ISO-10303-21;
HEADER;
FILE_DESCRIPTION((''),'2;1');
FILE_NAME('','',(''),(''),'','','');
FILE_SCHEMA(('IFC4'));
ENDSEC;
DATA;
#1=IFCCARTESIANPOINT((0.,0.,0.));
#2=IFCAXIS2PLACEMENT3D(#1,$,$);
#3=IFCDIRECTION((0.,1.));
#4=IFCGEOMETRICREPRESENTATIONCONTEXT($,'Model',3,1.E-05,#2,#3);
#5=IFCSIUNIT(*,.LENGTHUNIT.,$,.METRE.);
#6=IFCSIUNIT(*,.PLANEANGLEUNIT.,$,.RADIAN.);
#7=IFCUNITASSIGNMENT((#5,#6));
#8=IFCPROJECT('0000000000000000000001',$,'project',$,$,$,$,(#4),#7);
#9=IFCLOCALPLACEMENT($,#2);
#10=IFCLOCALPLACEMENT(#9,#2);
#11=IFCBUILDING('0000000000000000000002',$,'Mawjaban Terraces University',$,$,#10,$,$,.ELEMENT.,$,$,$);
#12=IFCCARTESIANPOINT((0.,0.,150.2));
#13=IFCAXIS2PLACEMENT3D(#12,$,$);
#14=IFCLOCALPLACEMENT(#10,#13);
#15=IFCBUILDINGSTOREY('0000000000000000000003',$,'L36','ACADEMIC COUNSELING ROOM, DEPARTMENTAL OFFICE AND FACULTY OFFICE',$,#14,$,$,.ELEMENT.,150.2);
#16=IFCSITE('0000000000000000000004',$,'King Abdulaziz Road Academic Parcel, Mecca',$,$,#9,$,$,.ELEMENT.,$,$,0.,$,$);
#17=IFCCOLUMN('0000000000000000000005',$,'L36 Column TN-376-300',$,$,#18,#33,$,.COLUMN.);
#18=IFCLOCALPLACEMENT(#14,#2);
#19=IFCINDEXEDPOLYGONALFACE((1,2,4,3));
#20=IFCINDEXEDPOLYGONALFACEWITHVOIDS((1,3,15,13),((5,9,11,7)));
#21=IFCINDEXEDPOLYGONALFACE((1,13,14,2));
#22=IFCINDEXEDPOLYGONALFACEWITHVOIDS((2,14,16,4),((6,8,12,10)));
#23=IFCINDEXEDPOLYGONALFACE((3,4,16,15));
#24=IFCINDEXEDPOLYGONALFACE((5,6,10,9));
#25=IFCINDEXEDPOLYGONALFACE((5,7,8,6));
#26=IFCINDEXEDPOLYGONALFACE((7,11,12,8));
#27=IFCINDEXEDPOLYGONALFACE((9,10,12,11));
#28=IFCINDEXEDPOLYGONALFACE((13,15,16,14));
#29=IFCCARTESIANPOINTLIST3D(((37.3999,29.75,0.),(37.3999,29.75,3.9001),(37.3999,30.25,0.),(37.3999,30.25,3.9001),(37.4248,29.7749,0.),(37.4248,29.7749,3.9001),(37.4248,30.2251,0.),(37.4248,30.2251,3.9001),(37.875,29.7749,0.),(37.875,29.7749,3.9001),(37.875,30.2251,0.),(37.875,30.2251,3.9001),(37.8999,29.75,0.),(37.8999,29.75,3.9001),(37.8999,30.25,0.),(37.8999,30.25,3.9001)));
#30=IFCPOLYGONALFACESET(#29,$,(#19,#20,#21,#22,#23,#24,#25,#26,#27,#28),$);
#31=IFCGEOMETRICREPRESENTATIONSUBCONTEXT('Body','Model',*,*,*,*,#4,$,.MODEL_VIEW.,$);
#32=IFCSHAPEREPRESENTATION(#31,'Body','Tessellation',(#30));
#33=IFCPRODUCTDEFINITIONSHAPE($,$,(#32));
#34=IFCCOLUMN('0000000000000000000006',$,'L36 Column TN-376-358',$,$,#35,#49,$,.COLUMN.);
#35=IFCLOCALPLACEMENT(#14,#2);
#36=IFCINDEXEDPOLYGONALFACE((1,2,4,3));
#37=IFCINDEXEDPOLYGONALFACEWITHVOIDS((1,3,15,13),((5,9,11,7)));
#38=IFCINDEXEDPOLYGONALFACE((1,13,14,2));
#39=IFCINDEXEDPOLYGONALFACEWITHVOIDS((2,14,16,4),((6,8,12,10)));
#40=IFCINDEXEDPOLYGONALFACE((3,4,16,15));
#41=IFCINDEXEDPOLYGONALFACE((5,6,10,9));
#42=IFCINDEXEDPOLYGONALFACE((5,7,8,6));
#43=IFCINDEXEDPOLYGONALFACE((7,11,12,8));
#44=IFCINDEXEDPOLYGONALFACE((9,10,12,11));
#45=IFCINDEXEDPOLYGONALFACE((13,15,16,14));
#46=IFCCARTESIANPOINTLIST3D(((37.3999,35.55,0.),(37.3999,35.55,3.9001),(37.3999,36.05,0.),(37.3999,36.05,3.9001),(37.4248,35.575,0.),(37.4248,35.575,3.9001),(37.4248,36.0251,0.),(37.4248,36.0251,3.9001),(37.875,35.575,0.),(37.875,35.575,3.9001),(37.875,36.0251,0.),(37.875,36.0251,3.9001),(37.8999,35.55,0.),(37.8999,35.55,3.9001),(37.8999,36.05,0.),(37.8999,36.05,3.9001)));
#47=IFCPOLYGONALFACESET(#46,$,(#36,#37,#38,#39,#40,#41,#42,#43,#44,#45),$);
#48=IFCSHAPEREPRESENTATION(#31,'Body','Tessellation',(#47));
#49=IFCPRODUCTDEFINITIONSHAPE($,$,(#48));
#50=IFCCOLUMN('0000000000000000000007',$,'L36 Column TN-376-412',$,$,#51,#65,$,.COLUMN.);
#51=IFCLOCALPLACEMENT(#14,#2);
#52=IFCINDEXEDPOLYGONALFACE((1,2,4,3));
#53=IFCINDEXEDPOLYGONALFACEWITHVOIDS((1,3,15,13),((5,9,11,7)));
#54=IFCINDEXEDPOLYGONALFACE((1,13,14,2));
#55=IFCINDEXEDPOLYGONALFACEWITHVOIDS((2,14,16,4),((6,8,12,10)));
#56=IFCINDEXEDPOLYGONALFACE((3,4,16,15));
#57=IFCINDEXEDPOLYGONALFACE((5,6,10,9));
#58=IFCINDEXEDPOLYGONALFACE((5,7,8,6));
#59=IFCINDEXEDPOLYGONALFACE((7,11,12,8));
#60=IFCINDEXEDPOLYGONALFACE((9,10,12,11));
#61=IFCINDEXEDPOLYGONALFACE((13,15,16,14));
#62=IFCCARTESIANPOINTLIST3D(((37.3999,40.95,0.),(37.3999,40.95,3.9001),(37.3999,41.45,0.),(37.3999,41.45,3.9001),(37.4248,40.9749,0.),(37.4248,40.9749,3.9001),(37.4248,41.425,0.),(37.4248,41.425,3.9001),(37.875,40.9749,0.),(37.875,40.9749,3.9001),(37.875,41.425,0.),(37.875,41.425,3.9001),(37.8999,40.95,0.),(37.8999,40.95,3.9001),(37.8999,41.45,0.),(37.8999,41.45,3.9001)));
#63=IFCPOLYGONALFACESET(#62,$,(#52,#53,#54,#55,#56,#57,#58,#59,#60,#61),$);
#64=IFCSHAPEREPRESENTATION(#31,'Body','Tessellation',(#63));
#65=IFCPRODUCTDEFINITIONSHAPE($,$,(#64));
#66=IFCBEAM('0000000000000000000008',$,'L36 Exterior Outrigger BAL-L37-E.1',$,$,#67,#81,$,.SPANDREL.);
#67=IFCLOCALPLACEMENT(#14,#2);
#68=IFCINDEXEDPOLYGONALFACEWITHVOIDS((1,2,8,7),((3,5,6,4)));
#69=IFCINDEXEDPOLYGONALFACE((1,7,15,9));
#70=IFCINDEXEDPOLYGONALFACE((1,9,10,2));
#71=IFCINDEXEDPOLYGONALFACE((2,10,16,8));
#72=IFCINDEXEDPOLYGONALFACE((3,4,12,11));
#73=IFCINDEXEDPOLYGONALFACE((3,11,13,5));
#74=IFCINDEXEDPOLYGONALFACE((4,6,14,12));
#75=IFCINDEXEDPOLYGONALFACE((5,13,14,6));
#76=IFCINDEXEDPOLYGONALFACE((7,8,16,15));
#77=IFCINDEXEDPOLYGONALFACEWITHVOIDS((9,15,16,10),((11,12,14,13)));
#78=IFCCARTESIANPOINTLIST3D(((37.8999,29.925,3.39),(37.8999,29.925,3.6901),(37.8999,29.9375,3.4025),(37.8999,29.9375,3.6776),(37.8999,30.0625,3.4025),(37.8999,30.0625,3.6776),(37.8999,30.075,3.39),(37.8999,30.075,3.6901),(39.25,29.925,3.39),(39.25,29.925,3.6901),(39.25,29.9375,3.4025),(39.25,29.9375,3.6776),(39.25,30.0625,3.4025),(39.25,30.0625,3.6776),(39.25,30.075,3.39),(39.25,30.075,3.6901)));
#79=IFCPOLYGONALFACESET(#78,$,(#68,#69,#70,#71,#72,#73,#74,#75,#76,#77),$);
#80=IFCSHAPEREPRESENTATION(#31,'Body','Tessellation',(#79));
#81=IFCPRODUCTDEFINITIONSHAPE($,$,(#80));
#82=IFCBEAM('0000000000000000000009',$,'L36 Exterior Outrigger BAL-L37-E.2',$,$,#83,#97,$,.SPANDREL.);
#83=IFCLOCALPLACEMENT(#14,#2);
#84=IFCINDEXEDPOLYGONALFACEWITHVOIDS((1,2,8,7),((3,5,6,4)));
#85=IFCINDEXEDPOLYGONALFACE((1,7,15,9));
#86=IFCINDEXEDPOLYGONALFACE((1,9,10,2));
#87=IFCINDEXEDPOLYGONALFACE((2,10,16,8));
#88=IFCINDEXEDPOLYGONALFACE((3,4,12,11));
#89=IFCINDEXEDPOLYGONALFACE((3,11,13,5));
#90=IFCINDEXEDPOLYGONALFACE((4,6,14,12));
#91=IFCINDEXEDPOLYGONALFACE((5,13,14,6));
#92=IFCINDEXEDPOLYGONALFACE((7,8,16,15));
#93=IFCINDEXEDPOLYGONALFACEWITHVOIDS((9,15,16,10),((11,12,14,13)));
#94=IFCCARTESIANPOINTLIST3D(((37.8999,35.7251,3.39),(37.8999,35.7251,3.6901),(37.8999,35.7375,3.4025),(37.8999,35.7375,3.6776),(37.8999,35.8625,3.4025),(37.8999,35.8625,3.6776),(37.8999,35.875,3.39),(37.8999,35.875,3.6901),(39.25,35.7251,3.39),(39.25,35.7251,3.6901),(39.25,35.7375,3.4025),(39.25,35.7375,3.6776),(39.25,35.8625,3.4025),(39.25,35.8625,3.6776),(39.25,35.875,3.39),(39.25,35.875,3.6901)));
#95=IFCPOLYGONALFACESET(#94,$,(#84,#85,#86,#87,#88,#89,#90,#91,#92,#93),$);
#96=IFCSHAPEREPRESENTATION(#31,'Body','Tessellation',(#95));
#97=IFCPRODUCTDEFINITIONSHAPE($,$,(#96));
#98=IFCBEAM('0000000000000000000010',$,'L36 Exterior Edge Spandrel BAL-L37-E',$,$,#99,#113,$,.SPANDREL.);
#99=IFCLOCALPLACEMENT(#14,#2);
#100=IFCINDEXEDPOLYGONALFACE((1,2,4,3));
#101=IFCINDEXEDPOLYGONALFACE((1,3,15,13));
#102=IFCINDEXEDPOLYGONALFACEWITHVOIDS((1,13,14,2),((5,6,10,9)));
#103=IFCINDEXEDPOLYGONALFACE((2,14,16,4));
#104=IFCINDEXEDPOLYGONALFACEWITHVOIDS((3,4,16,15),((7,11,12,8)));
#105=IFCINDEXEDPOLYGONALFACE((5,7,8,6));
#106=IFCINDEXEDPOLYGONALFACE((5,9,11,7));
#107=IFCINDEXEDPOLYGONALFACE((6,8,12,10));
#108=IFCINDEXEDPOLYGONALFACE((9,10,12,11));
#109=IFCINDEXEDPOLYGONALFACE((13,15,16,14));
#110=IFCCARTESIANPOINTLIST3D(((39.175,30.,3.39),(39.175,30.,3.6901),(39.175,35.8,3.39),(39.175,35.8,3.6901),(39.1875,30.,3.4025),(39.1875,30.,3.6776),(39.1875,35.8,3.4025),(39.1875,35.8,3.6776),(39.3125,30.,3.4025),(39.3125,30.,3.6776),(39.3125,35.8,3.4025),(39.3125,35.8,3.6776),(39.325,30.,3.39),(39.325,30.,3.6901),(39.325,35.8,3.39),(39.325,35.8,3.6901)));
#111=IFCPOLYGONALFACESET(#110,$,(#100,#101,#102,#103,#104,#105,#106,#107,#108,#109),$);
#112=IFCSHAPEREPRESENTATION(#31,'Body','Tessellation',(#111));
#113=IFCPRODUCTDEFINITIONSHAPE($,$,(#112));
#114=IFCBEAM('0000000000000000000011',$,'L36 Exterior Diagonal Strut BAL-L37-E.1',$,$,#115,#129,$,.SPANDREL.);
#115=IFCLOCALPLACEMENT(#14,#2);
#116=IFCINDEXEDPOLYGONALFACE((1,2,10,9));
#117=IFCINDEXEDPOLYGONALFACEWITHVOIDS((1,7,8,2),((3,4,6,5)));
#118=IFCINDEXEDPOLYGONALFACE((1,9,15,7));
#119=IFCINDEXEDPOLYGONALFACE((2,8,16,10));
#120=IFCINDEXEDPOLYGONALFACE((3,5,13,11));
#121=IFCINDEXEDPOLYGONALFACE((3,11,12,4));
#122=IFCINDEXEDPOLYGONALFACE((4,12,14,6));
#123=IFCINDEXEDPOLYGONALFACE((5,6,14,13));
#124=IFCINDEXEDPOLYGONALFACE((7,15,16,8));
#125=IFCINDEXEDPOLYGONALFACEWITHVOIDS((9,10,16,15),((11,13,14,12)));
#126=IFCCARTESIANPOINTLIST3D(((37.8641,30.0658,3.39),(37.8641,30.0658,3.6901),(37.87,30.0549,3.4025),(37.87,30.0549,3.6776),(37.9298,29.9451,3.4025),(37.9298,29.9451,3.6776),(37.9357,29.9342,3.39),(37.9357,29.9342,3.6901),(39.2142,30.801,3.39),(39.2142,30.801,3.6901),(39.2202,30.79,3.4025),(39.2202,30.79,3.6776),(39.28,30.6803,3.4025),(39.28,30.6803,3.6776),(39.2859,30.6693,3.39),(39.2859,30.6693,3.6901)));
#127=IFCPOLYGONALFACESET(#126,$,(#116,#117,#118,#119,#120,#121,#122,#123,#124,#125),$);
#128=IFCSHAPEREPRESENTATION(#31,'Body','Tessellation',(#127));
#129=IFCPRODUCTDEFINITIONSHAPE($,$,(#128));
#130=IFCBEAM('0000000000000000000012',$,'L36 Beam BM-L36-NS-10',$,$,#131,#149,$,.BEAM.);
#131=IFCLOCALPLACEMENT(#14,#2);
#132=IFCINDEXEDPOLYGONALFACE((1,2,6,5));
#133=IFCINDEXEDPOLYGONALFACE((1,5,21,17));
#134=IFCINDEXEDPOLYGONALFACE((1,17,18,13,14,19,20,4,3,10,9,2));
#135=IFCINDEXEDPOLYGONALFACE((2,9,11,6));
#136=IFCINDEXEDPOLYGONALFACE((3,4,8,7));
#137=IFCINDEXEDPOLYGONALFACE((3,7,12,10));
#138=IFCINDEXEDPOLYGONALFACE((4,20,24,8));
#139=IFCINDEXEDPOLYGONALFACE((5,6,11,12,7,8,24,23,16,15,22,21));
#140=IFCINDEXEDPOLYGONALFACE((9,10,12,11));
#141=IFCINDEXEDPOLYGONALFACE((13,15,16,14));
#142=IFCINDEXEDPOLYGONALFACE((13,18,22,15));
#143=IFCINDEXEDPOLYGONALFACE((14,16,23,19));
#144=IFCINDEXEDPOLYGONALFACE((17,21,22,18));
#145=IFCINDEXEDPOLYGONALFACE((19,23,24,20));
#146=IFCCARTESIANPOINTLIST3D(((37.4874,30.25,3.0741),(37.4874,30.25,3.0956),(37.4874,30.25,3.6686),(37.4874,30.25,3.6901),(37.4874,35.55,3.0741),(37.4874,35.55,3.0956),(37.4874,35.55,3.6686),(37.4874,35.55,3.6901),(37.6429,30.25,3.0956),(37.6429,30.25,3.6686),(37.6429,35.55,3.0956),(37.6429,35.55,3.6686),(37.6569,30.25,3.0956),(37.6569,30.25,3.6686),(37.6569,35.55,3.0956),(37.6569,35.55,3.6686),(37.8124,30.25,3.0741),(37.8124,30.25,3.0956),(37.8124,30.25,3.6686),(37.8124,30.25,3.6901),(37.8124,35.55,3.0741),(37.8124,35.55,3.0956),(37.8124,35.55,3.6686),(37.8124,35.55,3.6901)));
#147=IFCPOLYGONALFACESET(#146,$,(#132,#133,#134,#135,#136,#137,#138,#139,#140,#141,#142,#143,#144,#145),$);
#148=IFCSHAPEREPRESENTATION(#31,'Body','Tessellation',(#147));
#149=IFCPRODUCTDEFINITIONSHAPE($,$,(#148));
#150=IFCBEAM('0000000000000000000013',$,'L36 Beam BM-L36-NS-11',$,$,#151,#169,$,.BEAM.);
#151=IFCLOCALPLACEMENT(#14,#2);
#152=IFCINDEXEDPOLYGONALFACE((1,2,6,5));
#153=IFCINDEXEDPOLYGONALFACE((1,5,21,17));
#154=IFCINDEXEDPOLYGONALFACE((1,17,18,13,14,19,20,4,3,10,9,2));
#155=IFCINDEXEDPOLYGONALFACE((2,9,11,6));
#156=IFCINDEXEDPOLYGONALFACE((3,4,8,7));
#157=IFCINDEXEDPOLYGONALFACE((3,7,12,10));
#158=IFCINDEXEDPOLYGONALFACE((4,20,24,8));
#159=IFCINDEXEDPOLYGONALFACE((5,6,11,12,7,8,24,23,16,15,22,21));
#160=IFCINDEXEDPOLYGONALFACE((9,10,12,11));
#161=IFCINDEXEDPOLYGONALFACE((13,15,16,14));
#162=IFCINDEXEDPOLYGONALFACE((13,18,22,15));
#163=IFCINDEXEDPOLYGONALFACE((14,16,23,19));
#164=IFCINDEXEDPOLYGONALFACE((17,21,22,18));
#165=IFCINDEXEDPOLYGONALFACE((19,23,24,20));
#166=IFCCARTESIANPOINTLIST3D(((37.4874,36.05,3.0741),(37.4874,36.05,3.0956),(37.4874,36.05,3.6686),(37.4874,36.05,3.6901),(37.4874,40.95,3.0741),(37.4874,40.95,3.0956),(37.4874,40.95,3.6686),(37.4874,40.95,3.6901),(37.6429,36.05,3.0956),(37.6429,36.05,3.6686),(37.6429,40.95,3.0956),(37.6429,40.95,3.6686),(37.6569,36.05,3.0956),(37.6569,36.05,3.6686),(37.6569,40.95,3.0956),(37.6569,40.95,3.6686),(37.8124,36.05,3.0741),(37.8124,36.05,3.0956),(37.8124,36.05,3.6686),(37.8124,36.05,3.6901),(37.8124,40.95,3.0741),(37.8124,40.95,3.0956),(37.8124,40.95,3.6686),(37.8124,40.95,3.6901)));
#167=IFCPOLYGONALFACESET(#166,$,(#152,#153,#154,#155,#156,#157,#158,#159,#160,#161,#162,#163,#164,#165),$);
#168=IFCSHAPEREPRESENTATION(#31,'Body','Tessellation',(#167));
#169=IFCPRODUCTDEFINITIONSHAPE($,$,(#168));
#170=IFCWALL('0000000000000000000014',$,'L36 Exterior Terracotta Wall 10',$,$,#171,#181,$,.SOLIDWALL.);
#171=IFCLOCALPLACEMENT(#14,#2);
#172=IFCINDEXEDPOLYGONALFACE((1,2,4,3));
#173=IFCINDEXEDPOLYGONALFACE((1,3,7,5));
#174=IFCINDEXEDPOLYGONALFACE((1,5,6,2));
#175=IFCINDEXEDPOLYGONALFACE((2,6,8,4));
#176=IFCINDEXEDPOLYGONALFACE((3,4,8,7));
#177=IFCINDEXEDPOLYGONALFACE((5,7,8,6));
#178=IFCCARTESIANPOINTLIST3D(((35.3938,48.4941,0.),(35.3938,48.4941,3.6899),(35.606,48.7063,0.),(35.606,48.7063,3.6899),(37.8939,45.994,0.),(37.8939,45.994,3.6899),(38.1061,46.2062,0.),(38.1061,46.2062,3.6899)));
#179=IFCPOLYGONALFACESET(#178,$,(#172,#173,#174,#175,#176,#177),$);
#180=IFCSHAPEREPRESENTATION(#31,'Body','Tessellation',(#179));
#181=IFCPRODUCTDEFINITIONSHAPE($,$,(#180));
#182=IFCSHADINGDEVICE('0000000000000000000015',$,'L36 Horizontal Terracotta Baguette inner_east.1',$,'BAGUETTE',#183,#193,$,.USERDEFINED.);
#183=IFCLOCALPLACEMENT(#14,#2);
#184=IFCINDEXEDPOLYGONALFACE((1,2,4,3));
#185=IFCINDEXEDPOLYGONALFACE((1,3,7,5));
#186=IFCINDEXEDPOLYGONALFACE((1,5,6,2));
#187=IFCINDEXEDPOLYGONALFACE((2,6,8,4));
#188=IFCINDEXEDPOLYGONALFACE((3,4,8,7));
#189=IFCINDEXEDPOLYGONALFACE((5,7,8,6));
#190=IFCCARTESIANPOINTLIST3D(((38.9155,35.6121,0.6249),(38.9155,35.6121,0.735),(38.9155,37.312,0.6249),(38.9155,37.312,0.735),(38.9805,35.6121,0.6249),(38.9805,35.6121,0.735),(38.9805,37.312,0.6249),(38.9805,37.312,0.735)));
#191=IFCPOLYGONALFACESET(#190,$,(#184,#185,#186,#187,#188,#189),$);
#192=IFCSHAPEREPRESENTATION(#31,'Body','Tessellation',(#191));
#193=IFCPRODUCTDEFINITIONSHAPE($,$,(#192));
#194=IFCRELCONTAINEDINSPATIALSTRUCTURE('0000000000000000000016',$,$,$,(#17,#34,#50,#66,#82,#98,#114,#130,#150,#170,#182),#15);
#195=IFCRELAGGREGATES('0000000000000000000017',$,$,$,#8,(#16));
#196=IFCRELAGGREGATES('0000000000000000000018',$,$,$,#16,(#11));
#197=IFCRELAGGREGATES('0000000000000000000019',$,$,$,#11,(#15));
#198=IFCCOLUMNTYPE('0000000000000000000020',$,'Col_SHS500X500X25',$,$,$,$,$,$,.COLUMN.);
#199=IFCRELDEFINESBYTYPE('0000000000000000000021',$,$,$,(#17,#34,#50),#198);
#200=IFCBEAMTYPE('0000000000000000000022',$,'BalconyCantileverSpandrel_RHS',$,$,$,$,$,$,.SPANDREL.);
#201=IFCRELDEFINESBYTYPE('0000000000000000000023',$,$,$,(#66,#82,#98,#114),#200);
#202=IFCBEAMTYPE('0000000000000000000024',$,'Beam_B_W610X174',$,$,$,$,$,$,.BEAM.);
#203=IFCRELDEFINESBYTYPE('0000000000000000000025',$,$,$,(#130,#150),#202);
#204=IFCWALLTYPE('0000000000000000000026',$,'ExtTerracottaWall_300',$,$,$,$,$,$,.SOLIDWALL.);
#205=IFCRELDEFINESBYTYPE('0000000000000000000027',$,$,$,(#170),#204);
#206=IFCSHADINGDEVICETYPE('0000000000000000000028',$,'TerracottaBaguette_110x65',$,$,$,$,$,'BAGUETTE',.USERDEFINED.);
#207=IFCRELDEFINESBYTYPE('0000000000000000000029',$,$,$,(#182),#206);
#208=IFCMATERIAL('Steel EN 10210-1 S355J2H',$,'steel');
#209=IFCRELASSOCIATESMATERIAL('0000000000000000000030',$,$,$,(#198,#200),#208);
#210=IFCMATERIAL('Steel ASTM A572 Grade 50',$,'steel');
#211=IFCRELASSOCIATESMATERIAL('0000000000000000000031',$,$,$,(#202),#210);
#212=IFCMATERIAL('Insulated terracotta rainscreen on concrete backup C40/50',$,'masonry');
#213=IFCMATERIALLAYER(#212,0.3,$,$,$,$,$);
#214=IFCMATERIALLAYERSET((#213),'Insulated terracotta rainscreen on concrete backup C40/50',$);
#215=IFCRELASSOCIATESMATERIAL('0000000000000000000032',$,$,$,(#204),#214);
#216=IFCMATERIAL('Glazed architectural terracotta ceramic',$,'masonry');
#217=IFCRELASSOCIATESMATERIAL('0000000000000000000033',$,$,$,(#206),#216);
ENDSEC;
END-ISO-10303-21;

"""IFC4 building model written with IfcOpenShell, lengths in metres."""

from ifc_helpers import new_model, si_unit, direction, frame, frame_2d, origin, origin_2d, place, context, subcontext, project, spatial, rectangle, hollow_rectangle, i_section, extrude, material, layer, layer_set, material_profile, profile_set, type_object, element, save


model = new_model("IFC4")

# Units and contexts
model_context = context("Model", 3, precision=1e-05, world=origin(), true_north=direction((0.0, 1.0)))
body_context = subcontext(model_context, "Body", "Model", "MODEL_VIEW")
ifc_project = project(units=[si_unit("LENGTHUNIT", "METRE"), si_unit("PLANEANGLEUNIT", "RADIAN")], contexts=[model_context])

# Site, building, storey
site_placement = place(None, origin())
site = spatial("IfcSite", under=ifc_project, at=site_placement, Name="King Abdulaziz Road Academic Parcel, Mecca", CompositionType="ELEMENT", RefElevation=0.0)
building_placement = place(site_placement, origin())
building = spatial("IfcBuilding", under=site, at=building_placement, Name="Mawjaban Terraces University", CompositionType="ELEMENT")
storey_placement = place(building_placement, frame((0.0, 0.0, 150.2)))
storey = spatial("IfcBuildingStorey", under=building, at=storey_placement, Name="L36", Description="ACADEMIC COUNSELING ROOM, DEPARTMENTAL OFFICE AND FACULTY OFFICE", CompositionType="ELEMENT", Elevation=150.2)

# Columns
ifc_material_1 = material(Name="Steel EN 10210-1 S355J2H", Category="steel")
ifc_material_profile_1 = material_profile(ifc_material_1, hollow_rectangle(XDim=0.5, YDim=0.5, WallThickness=0.0249, at=origin_2d()), Name="SHS500X500X25")
ifc_profile_set_1 = profile_set([ifc_material_profile_1], Name="Steel EN 10210-1 S355J2H")
column_type = type_object("IfcColumnType", Name="Col_SHS500X500X25", PredefinedType="COLUMN", material=ifc_profile_set_1)
for number, where, z_axis, x_axis, name in (
    (1, (37.6499, 30.0, 0.0), (0.0, 0.0, 1.0), (1.0, 0.0, 0.0), "L36 Column TN-376-300"),
    (2, (37.6499, 35.8, 0.0), (0.0, 0.0, 1.0), (1.0, 0.0, 0.0), "L36 Column TN-376-358"),
    (3, (37.6499, 41.2, 0.0), (0.0, 0.0, 1.0), (1.0, 0.0, 0.0), "L36 Column TN-376-412"),
):
    element("IfcColumn", number, at=place(storey_placement, frame(where, z_axis=z_axis, x_axis=x_axis)), inside=storey, type_object=column_type, Name=name, PredefinedType="COLUMN", context=body_context, shape_type="SweptSolid", body=[
        extrude(hollow_rectangle(XDim=0.5, YDim=0.5, WallThickness=0.0249, at=origin_2d()), origin(), (0.0, 0.0, 1.0), 3.9001),
    ])

# Beams
ifc_material_profile_2 = material_profile(ifc_material_1, hollow_rectangle(XDim=0.1499, YDim=0.3, WallThickness=0.0125, at=origin_2d()), Name="RHS300X150X12.5")
ifc_profile_set_2 = profile_set([ifc_material_profile_2], Name="Steel EN 10210-1 S355J2H")
beam_type_1 = type_object("IfcBeamType", Name="BalconyCantileverSpandrel_RHS", PredefinedType="SPANDREL", material=ifc_profile_set_2)
for number, where, z_axis, x_axis, name in (
    (4, (37.8999, 30.0, 3.54), (1.0, 0.0, 0.0), (0.0, 1.0, 0.0), "L36 Exterior Outrigger BAL-L37-E.1"),
    (5, (37.8999, 35.8, 3.54), (1.0, 0.0, 0.0), (0.0, 1.0, 0.0), "L36 Exterior Outrigger BAL-L37-E.2"),
):
    element("IfcBeam", number, at=place(storey_placement, frame(where, z_axis=z_axis, x_axis=x_axis)), inside=storey, type_object=beam_type_1, Name=name, PredefinedType="SPANDREL", context=body_context, shape_type="SweptSolid", body=[
        extrude(hollow_rectangle(XDim=0.1499, YDim=0.3, WallThickness=0.0125, at=origin_2d()), origin(), (0.0, 0.0, 1.0), 1.3501),
    ])
beam_1_placement = place(storey_placement, frame((39.25, 30.0, 3.54), z_axis=(0.0, 1.0, 0.0), x_axis=(-1.0, 0.0, 0.0)))
element("IfcBeam", 6, at=beam_1_placement, inside=storey, type_object=beam_type_1, Name="L36 Exterior Edge Spandrel BAL-L37-E", PredefinedType="SPANDREL", context=body_context, shape_type="SweptSolid", body=[
    extrude(hollow_rectangle(XDim=0.1499, YDim=0.3, WallThickness=0.0125, at=origin_2d()), origin(), (0.0, 0.0, 1.0), 5.8),
])
beam_2_placement = place(storey_placement, frame((37.8999, 30.0, 3.54), z_axis=(0.878253, 0.478195, 0.0), x_axis=(-0.478195, 0.878253, 0.0)))
element("IfcBeam", 7, at=beam_2_placement, inside=storey, type_object=beam_type_1, Name="L36 Exterior Diagonal Strut BAL-L37-E.1", PredefinedType="SPANDREL", context=body_context, shape_type="SweptSolid", body=[
    extrude(hollow_rectangle(XDim=0.1499, YDim=0.3, WallThickness=0.0125, at=origin_2d()), origin(), (0.0, 0.0, 1.0), 1.5374),
])
ifc_material_2 = material(Name="Steel ASTM A572 Grade 50", Category="steel")
ifc_material_profile_3 = material_profile(ifc_material_2, i_section(OverallWidth=0.325, OverallDepth=0.616, WebThickness=0.0139, FlangeThickness=0.0215, at=origin_2d()), Name="W610X174")
ifc_profile_set_3 = profile_set([ifc_material_profile_3], Name="Steel ASTM A572 Grade 50")
beam_type_2 = type_object("IfcBeamType", Name="Beam_B_W610X174", PredefinedType="BEAM", material=ifc_profile_set_3)
beam_3_placement = place(storey_placement, frame((37.6499, 30.25, 3.3821), z_axis=(0.0, 1.0, 0.0), x_axis=(-1.0, 0.0, 0.0)))
element("IfcBeam", 8, at=beam_3_placement, inside=storey, type_object=beam_type_2, Name="L36 Beam BM-L36-NS-10", PredefinedType="BEAM", context=body_context, shape_type="SweptSolid", body=[
    extrude(i_section(OverallWidth=0.325, OverallDepth=0.616, WebThickness=0.0139, FlangeThickness=0.0215, at=origin_2d()), origin(), (0.0, 0.0, 1.0), 5.3),
])
beam_4_placement = place(storey_placement, frame((37.6499, 36.05, 3.3821), z_axis=(0.0, 1.0, 0.0), x_axis=(-1.0, 0.0, 0.0)))
element("IfcBeam", 9, at=beam_4_placement, inside=storey, type_object=beam_type_2, Name="L36 Beam BM-L36-NS-11", PredefinedType="BEAM", context=body_context, shape_type="SweptSolid", body=[
    extrude(i_section(OverallWidth=0.325, OverallDepth=0.616, WebThickness=0.0139, FlangeThickness=0.0215, at=origin_2d()), origin(), (0.0, 0.0, 1.0), 4.8999),
])

# Wall
ifc_material_3 = material(Name="Insulated terracotta rainscreen on concrete backup C40/50", Category="masonry")
ifc_layer_1 = layer(ifc_material_3, 0.3)
ifc_layer_set_1 = layer_set([ifc_layer_1], Name="Insulated terracotta rainscreen on concrete backup C40/50")
wall_type = type_object("IfcWallType", Name="ExtTerracottaWall_300", PredefinedType="SOLIDWALL", material=ifc_layer_set_1)
wall_placement = place(storey_placement, frame((38.0, 46.1001, 0.0), z_axis=(0.0, 0.0, 1.0), x_axis=(-0.707107, 0.707107, 0.0)))
element("IfcWall", 10, at=wall_placement, inside=storey, type_object=wall_type, Name="L36 Exterior Terracotta Wall 10", PredefinedType="SOLIDWALL", context=body_context, shape_type="SweptSolid", body=[
    extrude(rectangle(XDim=3.5356, YDim=0.3, at=frame_2d((1.7678, 0.0))), origin(), (0.0, 0.0, 1.0), 3.6899),
])

# Shading device
ifc_material_4 = material(Name="Glazed architectural terracotta ceramic", Category="masonry")
ifc_material_profile_4 = material_profile(ifc_material_4, rectangle(XDim=0.0649, YDim=0.1101, at=origin_2d()), Name="TBAG110X65")
ifc_profile_set_4 = profile_set([ifc_material_profile_4], Name="Glazed architectural terracotta ceramic")
shading_device_type_1 = type_object("IfcShadingDeviceType", Name="TerracottaBaguette_110x65", ElementType="BAGUETTE", PredefinedType="USERDEFINED", material=ifc_profile_set_4)
for number, where, z_axis, x_axis, name in (
    (11, (38.948, 35.6121, 0.6799), (0.0, 1.0, 0.0), (-1.0, 0.0, 0.0), "L36 Horizontal Terracotta Baguette inner_east.1"),
):
    element("IfcShadingDevice", number, at=place(storey_placement, frame(where, z_axis=z_axis, x_axis=x_axis)), inside=storey, type_object=shading_device_type_1, Name=name, ObjectType="BAGUETTE", PredefinedType="USERDEFINED", context=body_context, shape_type="SweptSolid", body=[
        extrude(rectangle(XDim=0.0649, YDim=0.1101, at=origin_2d()), origin(), (0.0, 0.0, 1.0), 1.7),
    ])

save(model, "model.ifc")
